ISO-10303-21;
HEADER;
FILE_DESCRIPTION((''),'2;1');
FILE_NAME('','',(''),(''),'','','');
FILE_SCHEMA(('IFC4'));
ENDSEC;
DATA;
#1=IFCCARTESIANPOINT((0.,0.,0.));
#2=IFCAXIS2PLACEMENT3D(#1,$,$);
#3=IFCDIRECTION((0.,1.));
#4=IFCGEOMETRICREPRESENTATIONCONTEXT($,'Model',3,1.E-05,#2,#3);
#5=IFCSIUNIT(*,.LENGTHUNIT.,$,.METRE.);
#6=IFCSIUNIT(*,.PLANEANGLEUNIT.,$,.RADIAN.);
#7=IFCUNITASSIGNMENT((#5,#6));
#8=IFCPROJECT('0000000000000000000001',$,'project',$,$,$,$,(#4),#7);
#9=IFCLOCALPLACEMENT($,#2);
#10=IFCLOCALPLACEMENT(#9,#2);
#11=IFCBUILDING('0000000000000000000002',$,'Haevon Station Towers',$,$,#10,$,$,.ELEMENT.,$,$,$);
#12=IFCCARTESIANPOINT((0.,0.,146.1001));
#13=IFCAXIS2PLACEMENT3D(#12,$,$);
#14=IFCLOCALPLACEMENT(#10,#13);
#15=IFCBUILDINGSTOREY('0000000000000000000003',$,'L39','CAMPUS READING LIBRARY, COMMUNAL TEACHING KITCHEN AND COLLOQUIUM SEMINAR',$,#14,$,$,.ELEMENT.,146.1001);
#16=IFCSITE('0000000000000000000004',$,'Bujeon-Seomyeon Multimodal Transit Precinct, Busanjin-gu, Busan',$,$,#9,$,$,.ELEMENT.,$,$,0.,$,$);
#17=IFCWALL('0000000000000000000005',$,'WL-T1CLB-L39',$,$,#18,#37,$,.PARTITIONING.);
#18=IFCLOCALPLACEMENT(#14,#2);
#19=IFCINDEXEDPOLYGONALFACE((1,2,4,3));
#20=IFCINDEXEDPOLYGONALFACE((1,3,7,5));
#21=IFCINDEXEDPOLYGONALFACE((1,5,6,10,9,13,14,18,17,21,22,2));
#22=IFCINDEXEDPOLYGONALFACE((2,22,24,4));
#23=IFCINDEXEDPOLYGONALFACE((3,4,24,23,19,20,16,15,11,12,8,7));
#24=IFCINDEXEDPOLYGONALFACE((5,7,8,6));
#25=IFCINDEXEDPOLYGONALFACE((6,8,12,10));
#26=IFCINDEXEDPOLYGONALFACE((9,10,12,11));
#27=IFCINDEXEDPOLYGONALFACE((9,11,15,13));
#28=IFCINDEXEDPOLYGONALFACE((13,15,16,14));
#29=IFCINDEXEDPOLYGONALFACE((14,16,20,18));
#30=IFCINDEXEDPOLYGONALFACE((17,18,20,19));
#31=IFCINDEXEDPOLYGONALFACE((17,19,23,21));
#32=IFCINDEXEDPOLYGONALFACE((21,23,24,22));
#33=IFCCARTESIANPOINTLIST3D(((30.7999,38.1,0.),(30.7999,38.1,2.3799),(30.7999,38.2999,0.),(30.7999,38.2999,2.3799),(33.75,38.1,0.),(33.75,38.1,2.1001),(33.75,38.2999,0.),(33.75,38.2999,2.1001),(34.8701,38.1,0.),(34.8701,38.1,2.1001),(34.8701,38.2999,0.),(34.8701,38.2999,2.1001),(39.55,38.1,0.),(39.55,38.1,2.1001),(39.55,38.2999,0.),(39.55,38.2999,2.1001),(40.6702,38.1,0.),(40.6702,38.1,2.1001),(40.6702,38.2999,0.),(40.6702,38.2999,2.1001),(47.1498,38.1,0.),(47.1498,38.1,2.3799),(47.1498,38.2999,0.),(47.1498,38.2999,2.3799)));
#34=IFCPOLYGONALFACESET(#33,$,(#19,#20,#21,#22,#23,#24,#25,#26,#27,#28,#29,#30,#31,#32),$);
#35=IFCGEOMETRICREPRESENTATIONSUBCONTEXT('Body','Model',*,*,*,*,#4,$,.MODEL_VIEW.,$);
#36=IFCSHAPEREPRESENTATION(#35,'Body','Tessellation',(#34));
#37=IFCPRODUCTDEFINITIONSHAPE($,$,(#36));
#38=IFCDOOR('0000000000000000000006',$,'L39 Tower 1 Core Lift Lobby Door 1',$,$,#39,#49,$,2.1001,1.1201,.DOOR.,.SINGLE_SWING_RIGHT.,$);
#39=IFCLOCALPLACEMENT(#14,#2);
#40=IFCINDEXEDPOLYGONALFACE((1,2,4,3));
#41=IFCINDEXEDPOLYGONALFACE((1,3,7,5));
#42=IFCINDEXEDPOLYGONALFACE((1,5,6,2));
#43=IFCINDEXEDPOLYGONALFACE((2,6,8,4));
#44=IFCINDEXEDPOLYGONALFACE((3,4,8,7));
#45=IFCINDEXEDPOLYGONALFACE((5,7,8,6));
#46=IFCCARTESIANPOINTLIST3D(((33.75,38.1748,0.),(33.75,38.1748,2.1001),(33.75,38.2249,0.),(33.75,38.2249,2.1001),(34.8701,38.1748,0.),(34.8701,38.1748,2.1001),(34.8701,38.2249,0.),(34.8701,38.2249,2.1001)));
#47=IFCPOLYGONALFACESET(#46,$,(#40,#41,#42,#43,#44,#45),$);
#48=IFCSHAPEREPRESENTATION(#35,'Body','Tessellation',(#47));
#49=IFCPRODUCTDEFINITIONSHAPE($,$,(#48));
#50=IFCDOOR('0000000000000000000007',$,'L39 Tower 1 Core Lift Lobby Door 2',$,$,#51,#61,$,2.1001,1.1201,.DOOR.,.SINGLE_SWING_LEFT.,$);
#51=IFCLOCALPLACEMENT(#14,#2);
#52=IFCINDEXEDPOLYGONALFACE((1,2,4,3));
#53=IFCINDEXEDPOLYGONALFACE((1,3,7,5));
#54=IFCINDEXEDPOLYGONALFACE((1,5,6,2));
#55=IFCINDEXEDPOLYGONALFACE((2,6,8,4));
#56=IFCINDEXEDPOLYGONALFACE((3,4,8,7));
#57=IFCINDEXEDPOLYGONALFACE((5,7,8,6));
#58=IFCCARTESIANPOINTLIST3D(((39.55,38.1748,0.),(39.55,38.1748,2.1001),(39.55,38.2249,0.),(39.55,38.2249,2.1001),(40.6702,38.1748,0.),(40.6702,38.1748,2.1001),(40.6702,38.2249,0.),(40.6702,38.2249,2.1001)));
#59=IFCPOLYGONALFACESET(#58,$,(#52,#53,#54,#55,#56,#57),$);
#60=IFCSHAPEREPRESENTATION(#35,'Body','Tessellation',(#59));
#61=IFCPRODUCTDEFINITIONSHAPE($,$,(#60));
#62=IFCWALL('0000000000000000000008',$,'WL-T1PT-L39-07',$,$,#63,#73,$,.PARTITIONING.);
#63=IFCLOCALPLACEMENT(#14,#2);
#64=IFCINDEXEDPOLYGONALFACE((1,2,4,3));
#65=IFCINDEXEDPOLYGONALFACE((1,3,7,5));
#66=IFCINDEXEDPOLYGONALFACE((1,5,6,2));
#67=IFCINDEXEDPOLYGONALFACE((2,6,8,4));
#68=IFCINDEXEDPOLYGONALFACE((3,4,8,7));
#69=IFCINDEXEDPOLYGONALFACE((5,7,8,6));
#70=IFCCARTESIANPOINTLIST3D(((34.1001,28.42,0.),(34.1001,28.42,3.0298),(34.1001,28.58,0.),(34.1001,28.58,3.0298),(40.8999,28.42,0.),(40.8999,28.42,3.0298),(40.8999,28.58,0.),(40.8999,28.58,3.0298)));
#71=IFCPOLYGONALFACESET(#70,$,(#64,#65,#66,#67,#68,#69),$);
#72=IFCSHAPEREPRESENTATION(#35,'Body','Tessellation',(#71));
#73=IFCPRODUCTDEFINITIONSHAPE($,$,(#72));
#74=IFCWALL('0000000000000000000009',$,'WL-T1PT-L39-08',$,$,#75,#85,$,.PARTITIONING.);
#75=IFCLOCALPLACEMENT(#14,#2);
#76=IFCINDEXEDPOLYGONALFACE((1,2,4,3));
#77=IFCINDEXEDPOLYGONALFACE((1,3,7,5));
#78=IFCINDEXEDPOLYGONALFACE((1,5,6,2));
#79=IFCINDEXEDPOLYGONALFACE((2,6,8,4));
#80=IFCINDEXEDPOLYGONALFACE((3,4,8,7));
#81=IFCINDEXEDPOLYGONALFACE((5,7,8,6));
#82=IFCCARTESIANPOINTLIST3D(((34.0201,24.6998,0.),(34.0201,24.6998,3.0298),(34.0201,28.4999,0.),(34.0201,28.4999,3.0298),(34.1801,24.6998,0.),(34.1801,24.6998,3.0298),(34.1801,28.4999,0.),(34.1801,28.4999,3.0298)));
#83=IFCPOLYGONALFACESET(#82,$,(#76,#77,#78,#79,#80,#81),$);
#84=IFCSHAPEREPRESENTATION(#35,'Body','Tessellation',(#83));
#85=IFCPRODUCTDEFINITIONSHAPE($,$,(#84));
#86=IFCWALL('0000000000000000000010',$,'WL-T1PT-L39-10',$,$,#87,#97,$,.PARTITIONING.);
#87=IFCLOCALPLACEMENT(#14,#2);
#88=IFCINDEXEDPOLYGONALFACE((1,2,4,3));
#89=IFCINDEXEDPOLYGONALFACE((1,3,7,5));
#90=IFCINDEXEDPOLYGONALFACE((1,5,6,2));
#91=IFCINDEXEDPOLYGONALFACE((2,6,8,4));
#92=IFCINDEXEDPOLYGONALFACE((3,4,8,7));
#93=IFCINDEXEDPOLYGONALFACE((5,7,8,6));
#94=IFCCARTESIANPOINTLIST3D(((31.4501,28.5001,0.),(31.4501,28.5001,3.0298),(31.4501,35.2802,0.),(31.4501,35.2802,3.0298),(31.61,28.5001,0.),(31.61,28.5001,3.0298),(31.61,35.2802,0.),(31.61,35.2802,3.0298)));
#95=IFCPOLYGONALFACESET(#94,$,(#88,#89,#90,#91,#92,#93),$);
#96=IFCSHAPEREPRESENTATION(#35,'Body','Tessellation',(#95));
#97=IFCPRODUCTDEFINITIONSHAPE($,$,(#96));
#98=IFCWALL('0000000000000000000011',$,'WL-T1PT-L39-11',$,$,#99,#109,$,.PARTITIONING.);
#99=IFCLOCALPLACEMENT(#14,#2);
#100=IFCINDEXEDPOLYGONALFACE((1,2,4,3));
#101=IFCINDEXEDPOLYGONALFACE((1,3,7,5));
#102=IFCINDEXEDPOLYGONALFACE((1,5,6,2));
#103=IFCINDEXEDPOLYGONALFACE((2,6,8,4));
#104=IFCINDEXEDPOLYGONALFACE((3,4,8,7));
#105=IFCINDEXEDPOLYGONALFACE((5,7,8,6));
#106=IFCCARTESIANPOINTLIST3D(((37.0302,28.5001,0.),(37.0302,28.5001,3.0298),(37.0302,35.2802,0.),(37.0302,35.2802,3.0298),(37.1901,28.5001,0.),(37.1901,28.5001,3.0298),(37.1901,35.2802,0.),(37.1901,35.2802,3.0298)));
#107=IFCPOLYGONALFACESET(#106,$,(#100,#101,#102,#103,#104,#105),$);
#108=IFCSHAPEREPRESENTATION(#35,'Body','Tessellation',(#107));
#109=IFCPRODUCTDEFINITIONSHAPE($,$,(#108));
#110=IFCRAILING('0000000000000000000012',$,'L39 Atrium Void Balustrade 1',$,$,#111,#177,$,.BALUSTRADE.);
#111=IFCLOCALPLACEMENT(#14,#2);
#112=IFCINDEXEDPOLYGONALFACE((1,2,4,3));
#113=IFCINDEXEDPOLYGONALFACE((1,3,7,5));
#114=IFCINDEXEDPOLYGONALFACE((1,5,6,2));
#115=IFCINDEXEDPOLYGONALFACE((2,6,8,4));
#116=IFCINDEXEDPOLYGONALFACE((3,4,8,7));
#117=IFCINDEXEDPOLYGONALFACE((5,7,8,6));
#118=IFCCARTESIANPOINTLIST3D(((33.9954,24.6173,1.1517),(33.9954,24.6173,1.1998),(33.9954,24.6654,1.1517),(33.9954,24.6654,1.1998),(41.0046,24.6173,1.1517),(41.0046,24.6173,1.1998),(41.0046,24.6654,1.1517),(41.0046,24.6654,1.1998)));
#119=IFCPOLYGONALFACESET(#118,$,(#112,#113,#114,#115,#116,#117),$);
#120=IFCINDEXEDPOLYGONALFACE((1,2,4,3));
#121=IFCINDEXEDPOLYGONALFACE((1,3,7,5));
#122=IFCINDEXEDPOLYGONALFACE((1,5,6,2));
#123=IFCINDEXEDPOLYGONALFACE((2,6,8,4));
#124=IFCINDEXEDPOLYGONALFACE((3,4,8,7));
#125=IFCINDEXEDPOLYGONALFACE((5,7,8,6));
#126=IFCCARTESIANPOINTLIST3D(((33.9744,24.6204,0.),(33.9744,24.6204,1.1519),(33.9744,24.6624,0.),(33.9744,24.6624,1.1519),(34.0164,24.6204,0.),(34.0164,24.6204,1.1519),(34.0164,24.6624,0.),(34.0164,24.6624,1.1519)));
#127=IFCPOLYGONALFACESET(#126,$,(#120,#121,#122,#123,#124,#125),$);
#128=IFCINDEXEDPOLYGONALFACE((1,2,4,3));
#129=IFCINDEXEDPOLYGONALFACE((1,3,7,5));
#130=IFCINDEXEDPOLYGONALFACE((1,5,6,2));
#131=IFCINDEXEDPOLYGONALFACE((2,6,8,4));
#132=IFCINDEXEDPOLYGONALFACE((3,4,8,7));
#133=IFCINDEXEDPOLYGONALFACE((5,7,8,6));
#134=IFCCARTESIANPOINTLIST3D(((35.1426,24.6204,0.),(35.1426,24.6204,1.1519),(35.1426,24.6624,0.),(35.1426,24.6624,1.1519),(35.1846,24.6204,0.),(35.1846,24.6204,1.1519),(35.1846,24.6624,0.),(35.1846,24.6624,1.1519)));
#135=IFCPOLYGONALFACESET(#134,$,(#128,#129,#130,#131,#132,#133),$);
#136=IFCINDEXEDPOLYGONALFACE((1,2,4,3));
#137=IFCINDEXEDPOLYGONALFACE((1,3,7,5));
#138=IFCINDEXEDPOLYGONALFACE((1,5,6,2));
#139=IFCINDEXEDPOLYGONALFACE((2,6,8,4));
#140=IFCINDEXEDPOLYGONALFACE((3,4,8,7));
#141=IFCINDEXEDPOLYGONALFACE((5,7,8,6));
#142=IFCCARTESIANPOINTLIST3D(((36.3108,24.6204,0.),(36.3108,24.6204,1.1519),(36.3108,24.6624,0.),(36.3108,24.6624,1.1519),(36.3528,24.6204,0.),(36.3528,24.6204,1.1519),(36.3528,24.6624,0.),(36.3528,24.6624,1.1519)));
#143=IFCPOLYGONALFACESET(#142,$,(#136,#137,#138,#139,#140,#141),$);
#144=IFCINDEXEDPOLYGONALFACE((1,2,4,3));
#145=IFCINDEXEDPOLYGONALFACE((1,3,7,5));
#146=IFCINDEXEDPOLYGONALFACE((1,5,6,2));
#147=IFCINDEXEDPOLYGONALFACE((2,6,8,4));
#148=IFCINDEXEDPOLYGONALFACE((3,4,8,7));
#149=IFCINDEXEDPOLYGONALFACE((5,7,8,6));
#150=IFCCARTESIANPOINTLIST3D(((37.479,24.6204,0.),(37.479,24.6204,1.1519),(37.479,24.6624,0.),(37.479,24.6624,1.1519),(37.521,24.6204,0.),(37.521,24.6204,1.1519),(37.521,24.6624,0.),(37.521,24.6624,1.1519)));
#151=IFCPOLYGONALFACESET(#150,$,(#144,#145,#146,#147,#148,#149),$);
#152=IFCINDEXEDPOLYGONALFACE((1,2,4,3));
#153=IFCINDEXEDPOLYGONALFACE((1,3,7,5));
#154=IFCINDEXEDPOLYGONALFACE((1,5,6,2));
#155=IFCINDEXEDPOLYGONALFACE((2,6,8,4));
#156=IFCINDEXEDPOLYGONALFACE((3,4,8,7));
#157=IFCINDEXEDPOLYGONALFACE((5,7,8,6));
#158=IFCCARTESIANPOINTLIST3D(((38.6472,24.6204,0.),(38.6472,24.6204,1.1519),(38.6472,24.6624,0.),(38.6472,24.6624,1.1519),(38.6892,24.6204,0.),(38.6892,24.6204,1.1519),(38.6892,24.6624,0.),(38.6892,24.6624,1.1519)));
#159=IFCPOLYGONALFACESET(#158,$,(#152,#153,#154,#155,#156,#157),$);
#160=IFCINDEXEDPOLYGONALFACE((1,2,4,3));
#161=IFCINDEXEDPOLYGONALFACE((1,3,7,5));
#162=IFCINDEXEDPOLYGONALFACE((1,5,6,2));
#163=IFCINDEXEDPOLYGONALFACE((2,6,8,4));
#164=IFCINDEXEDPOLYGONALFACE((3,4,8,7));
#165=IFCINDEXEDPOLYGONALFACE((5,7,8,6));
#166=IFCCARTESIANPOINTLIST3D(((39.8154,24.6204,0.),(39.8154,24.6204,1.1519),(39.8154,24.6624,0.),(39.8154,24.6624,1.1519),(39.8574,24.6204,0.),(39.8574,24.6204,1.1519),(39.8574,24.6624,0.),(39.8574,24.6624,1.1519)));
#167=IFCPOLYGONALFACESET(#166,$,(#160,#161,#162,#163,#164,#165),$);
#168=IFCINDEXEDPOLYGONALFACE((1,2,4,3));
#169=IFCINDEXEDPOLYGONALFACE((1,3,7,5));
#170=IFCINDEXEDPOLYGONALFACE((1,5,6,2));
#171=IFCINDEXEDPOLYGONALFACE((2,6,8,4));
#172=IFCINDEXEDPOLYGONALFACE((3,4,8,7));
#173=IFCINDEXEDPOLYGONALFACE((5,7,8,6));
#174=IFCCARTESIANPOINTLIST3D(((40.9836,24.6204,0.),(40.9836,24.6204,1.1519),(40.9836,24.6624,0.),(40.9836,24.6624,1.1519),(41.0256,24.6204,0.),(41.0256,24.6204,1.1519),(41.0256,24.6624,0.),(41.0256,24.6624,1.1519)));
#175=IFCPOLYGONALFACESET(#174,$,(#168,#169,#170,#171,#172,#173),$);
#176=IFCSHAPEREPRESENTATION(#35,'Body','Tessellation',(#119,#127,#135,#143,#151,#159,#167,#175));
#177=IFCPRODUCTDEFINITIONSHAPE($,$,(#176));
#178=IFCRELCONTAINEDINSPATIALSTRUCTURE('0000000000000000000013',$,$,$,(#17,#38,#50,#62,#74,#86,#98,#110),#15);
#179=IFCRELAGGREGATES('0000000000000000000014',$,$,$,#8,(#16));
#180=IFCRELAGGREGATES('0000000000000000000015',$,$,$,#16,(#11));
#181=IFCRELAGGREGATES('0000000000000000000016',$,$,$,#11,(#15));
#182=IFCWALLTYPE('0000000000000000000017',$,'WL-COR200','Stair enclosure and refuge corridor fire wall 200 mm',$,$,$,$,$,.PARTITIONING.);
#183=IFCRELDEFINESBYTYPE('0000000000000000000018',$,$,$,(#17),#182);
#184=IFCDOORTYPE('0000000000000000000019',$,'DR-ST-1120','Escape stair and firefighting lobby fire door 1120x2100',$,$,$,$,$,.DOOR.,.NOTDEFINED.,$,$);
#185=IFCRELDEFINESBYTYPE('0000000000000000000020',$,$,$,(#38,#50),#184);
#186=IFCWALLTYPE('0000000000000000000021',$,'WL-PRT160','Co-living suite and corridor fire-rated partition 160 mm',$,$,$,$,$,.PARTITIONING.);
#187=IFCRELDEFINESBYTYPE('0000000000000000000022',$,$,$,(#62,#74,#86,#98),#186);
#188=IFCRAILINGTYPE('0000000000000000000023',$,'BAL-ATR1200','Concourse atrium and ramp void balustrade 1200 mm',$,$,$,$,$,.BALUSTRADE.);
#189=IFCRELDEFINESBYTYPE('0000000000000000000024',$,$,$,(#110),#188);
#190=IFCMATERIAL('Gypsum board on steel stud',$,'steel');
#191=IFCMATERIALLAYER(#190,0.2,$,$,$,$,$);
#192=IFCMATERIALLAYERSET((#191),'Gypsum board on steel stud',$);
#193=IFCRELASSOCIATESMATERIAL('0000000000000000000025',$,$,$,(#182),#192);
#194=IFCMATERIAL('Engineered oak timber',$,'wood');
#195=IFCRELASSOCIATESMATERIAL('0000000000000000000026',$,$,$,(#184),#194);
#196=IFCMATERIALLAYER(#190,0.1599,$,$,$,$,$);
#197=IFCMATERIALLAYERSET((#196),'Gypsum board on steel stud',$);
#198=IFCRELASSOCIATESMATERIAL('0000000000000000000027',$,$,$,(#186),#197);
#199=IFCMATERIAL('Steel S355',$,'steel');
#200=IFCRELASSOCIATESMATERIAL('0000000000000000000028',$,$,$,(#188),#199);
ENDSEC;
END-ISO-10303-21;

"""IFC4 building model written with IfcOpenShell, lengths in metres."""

from ifc_helpers import new_model, si_unit, direction, frame, frame_2d, origin, origin_2d, place, context, subcontext, project, spatial, rectangle, extrude, material, layer, layer_set, type_object, element, fill, save


model = new_model("IFC4")

# Units and contexts
model_context = context("Model", 3, precision=1e-05, world=origin(), true_north=direction((0.0, 1.0)))
body_context = subcontext(model_context, "Body", "Model", "MODEL_VIEW")
ifc_project = project(units=[si_unit("LENGTHUNIT", "METRE"), si_unit("PLANEANGLEUNIT", "RADIAN")], contexts=[model_context])

# Site, building, storey
site_placement = place(None, origin())
site = spatial("IfcSite", under=ifc_project, at=site_placement, Name="Bujeon-Seomyeon Multimodal Transit Precinct, Busanjin-gu, Busan", CompositionType="ELEMENT", RefElevation=0.0)
building_placement = place(site_placement, origin())
building = spatial("IfcBuilding", under=site, at=building_placement, Name="Haevon Station Towers", CompositionType="ELEMENT")
storey_placement = place(building_placement, frame((0.0, 0.0, 146.1001)))
storey = spatial("IfcBuildingStorey", under=building, at=storey_placement, Name="L39", Description="CAMPUS READING LIBRARY, COMMUNAL TEACHING KITCHEN AND COLLOQUIUM SEMINAR", CompositionType="ELEMENT", Elevation=146.1001)

# Shared definitions
ifc_material_1 = material(Name="Steel S355", Category="steel")

# Shared definitions
ifc_material_2 = material(Name="Gypsum board on steel stud", Category="steel")

# Shared definitions
ifc_layer_1 = layer(ifc_material_2, 0.2)
ifc_layer_set_1 = layer_set([ifc_layer_1], Name="Gypsum board on steel stud")
wall_type_1 = type_object("IfcWallType", Name="WL-COR200", Description="Stair enclosure and refuge corridor fire wall 200 mm", PredefinedType="PARTITIONING", material=ifc_layer_set_1)
ifc_material_3 = material(Name="Engineered oak timber", Category="wood")

# Wall, openings, doors
wall_1_placement = place(storey_placement, frame((30.8, 38.2, 0.0), z_axis=(0.0, 0.0, 1.0), x_axis=(1.0, 0.0, 0.0)))
wall_1 = element("IfcWall", 1, at=wall_1_placement, inside=storey, type_object=wall_type_1, Name="WL-T1CLB-L39", PredefinedType="PARTITIONING", context=body_context, shape_type="SweptSolid", body=[
    extrude(rectangle(XDim=16.3499, YDim=0.2, at=frame_2d((8.1748, 0.0))), origin(), (0.0, 0.0, 1.0), 2.3799),
])
opening_1_placement = place(wall_1_placement, frame((2.95, 0.0, 0.0)))
opening_1 = element("IfcOpeningElement", 2, at=opening_1_placement, cuts=wall_1, PredefinedType="OPENING", context=body_context, shape_type="SweptSolid", body=[
    extrude(rectangle(XDim=1.1201, YDim=2.1001, at=frame_2d((0.5601, 1.05))), frame((0.0, 0.1099, 0.0), z_axis=(0.0, -1.0, 0.0), x_axis=(1.0, 0.0, 0.0)), (0.0, 0.0, 1.0), 0.22),
])
opening_2_placement = place(wall_1_placement, frame((8.75, 0.0, 0.0)))
opening_2 = element("IfcOpeningElement", 3, at=opening_2_placement, cuts=wall_1, PredefinedType="OPENING", context=body_context, shape_type="SweptSolid", body=[
    extrude(rectangle(XDim=1.1201, YDim=2.1001, at=frame_2d((0.5601, 1.05))), frame((0.0, 0.1099, 0.0), z_axis=(0.0, -1.0, 0.0), x_axis=(1.0, 0.0, 0.0)), (0.0, 0.0, 1.0), 0.22),
])
door_type_1 = type_object("IfcDoorType", Name="DR-ST-1120", Description="Escape stair and firefighting lobby fire door 1120x2100", OperationType="NOTDEFINED", PredefinedType="DOOR", material=ifc_material_3)
door_1_placement = place(opening_1_placement, origin())
door_1 = element("IfcDoor", 4, at=door_1_placement, inside=storey, type_object=door_type_1, Name="L39 Tower 1 Core Lift Lobby Door 1", OperationType="SINGLE_SWING_RIGHT", OverallHeight=2.1001, OverallWidth=1.1201, PredefinedType="DOOR", context=body_context, shape_type="SweptSolid", body=[
    extrude(rectangle(XDim=1.1201, YDim=2.1001, at=frame_2d((0.5601, 1.05))), frame((0.0, 0.0249, 0.0), z_axis=(0.0, -1.0, 0.0), x_axis=(1.0, 0.0, 0.0)), (0.0, 0.0, 1.0), 0.05),
])
fill(opening_1, door_1)
door_2_placement = place(opening_2_placement, origin())
door_2 = element("IfcDoor", 5, at=door_2_placement, inside=storey, type_object=door_type_1, Name="L39 Tower 1 Core Lift Lobby Door 2", OperationType="SINGLE_SWING_LEFT", OverallHeight=2.1001, OverallWidth=1.1201, PredefinedType="DOOR", context=body_context, shape_type="SweptSolid", body=[
    extrude(rectangle(XDim=1.1201, YDim=2.1001, at=frame_2d((0.5601, 1.05))), frame((0.0, 0.0249, 0.0), z_axis=(0.0, -1.0, 0.0), x_axis=(1.0, 0.0, 0.0)), (0.0, 0.0, 1.0), 0.05),
])
fill(opening_2, door_2)

# Walls
ifc_layer_2 = layer(ifc_material_2, 0.1599)
ifc_layer_set_2 = layer_set([ifc_layer_2], Name="Gypsum board on steel stud")
wall_type_2 = type_object("IfcWallType", Name="WL-PRT160", Description="Co-living suite and corridor fire-rated partition 160 mm", PredefinedType="PARTITIONING", material=ifc_layer_set_2)
wall_2_placement = place(storey_placement, frame((34.1001, 28.5, 0.0), z_axis=(0.0, 0.0, 1.0), x_axis=(1.0, 0.0, 0.0)))
element("IfcWall", 6, at=wall_2_placement, inside=storey, type_object=wall_type_2, Name="WL-T1PT-L39-07", PredefinedType="PARTITIONING", context=body_context, shape_type="SweptSolid", body=[
    extrude(rectangle(XDim=6.7998, YDim=0.1599, at=frame_2d((3.3999, 0.0))), origin(), (0.0, 0.0, 1.0), 3.0298),
])
wall_3_placement = place(storey_placement, frame((34.1001, 24.7, 0.0), z_axis=(0.0, 0.0, 1.0), x_axis=(0.0, 1.0, 0.0)))
element("IfcWall", 7, at=wall_3_placement, inside=storey, type_object=wall_type_2, Name="WL-T1PT-L39-08", PredefinedType="PARTITIONING", context=body_context, shape_type="SweptSolid", body=[
    extrude(rectangle(XDim=3.8, YDim=0.1599, at=frame_2d((1.8999, 0.0))), origin(), (0.0, 0.0, 1.0), 3.0298),
])
for number, where, z_axis, x_axis, name in (
    (8, (31.53, 28.5, 0.0), (0.0, 0.0, 1.0), (0.0, 1.0, 0.0), "WL-T1PT-L39-10"),
    (9, (37.1101, 28.5, 0.0), (0.0, 0.0, 1.0), (0.0, 1.0, 0.0), "WL-T1PT-L39-11"),
):
    element("IfcWall", number, at=place(storey_placement, frame(where, z_axis=z_axis, x_axis=x_axis)), inside=storey, type_object=wall_type_2, Name=name, PredefinedType="PARTITIONING", context=body_context, shape_type="SweptSolid", body=[
        extrude(rectangle(XDim=6.78, YDim=0.1599, at=frame_2d((3.3901, 0.0))), origin(), (0.0, 0.0, 1.0), 3.0298),
    ])

# Railing
railing_type_1 = type_object("IfcRailingType", Name="BAL-ATR1200", Description="Concourse atrium and ramp void balustrade 1200 mm", PredefinedType="BALUSTRADE", material=ifc_material_1)
railing_1_placement = place(storey_placement, frame((33.9954, 24.6414, 0.0)))
element("IfcRailing", 10, at=railing_1_placement, inside=storey, type_object=railing_type_1, Name="L39 Atrium Void Balustrade 1", PredefinedType="BALUSTRADE", context=body_context, shape_type="SweptSolid", body=[
    extrude(rectangle(XDim=0.0481, YDim=0.0481, at=origin_2d()), frame((0.0, 0.0, 1.1758), z_axis=(1.0, 0.0, 0.0), x_axis=(0.0, 1.0, 0.0)), (0.0, 0.0, 1.0), 7.0093),
    extrude(rectangle(XDim=0.042, YDim=0.042, at=origin_2d()), origin(), (0.0, 0.0, 1.0), 1.1519),
    extrude(rectangle(XDim=0.042, YDim=0.042, at=origin_2d()), frame((1.1682, 0.0, 0.0)), (0.0, 0.0, 1.0), 1.1519),
    extrude(rectangle(XDim=0.042, YDim=0.042, at=origin_2d()), frame((2.3364, 0.0, 0.0)), (0.0, 0.0, 1.0), 1.1519),
    extrude(rectangle(XDim=0.042, YDim=0.042, at=origin_2d()), frame((3.5046, 0.0, 0.0)), (0.0, 0.0, 1.0), 1.1519),
    extrude(rectangle(XDim=0.042, YDim=0.042, at=origin_2d()), frame((4.6729, 0.0, 0.0)), (0.0, 0.0, 1.0), 1.1519),
    extrude(rectangle(XDim=0.042, YDim=0.042, at=origin_2d()), frame((5.8411, 0.0, 0.0)), (0.0, 0.0, 1.0), 1.1519),
    extrude(rectangle(XDim=0.042, YDim=0.042, at=origin_2d()), frame((7.0093, 0.0, 0.0)), (0.0, 0.0, 1.0), 1.1519),
])

save(model, "model.ifc")
